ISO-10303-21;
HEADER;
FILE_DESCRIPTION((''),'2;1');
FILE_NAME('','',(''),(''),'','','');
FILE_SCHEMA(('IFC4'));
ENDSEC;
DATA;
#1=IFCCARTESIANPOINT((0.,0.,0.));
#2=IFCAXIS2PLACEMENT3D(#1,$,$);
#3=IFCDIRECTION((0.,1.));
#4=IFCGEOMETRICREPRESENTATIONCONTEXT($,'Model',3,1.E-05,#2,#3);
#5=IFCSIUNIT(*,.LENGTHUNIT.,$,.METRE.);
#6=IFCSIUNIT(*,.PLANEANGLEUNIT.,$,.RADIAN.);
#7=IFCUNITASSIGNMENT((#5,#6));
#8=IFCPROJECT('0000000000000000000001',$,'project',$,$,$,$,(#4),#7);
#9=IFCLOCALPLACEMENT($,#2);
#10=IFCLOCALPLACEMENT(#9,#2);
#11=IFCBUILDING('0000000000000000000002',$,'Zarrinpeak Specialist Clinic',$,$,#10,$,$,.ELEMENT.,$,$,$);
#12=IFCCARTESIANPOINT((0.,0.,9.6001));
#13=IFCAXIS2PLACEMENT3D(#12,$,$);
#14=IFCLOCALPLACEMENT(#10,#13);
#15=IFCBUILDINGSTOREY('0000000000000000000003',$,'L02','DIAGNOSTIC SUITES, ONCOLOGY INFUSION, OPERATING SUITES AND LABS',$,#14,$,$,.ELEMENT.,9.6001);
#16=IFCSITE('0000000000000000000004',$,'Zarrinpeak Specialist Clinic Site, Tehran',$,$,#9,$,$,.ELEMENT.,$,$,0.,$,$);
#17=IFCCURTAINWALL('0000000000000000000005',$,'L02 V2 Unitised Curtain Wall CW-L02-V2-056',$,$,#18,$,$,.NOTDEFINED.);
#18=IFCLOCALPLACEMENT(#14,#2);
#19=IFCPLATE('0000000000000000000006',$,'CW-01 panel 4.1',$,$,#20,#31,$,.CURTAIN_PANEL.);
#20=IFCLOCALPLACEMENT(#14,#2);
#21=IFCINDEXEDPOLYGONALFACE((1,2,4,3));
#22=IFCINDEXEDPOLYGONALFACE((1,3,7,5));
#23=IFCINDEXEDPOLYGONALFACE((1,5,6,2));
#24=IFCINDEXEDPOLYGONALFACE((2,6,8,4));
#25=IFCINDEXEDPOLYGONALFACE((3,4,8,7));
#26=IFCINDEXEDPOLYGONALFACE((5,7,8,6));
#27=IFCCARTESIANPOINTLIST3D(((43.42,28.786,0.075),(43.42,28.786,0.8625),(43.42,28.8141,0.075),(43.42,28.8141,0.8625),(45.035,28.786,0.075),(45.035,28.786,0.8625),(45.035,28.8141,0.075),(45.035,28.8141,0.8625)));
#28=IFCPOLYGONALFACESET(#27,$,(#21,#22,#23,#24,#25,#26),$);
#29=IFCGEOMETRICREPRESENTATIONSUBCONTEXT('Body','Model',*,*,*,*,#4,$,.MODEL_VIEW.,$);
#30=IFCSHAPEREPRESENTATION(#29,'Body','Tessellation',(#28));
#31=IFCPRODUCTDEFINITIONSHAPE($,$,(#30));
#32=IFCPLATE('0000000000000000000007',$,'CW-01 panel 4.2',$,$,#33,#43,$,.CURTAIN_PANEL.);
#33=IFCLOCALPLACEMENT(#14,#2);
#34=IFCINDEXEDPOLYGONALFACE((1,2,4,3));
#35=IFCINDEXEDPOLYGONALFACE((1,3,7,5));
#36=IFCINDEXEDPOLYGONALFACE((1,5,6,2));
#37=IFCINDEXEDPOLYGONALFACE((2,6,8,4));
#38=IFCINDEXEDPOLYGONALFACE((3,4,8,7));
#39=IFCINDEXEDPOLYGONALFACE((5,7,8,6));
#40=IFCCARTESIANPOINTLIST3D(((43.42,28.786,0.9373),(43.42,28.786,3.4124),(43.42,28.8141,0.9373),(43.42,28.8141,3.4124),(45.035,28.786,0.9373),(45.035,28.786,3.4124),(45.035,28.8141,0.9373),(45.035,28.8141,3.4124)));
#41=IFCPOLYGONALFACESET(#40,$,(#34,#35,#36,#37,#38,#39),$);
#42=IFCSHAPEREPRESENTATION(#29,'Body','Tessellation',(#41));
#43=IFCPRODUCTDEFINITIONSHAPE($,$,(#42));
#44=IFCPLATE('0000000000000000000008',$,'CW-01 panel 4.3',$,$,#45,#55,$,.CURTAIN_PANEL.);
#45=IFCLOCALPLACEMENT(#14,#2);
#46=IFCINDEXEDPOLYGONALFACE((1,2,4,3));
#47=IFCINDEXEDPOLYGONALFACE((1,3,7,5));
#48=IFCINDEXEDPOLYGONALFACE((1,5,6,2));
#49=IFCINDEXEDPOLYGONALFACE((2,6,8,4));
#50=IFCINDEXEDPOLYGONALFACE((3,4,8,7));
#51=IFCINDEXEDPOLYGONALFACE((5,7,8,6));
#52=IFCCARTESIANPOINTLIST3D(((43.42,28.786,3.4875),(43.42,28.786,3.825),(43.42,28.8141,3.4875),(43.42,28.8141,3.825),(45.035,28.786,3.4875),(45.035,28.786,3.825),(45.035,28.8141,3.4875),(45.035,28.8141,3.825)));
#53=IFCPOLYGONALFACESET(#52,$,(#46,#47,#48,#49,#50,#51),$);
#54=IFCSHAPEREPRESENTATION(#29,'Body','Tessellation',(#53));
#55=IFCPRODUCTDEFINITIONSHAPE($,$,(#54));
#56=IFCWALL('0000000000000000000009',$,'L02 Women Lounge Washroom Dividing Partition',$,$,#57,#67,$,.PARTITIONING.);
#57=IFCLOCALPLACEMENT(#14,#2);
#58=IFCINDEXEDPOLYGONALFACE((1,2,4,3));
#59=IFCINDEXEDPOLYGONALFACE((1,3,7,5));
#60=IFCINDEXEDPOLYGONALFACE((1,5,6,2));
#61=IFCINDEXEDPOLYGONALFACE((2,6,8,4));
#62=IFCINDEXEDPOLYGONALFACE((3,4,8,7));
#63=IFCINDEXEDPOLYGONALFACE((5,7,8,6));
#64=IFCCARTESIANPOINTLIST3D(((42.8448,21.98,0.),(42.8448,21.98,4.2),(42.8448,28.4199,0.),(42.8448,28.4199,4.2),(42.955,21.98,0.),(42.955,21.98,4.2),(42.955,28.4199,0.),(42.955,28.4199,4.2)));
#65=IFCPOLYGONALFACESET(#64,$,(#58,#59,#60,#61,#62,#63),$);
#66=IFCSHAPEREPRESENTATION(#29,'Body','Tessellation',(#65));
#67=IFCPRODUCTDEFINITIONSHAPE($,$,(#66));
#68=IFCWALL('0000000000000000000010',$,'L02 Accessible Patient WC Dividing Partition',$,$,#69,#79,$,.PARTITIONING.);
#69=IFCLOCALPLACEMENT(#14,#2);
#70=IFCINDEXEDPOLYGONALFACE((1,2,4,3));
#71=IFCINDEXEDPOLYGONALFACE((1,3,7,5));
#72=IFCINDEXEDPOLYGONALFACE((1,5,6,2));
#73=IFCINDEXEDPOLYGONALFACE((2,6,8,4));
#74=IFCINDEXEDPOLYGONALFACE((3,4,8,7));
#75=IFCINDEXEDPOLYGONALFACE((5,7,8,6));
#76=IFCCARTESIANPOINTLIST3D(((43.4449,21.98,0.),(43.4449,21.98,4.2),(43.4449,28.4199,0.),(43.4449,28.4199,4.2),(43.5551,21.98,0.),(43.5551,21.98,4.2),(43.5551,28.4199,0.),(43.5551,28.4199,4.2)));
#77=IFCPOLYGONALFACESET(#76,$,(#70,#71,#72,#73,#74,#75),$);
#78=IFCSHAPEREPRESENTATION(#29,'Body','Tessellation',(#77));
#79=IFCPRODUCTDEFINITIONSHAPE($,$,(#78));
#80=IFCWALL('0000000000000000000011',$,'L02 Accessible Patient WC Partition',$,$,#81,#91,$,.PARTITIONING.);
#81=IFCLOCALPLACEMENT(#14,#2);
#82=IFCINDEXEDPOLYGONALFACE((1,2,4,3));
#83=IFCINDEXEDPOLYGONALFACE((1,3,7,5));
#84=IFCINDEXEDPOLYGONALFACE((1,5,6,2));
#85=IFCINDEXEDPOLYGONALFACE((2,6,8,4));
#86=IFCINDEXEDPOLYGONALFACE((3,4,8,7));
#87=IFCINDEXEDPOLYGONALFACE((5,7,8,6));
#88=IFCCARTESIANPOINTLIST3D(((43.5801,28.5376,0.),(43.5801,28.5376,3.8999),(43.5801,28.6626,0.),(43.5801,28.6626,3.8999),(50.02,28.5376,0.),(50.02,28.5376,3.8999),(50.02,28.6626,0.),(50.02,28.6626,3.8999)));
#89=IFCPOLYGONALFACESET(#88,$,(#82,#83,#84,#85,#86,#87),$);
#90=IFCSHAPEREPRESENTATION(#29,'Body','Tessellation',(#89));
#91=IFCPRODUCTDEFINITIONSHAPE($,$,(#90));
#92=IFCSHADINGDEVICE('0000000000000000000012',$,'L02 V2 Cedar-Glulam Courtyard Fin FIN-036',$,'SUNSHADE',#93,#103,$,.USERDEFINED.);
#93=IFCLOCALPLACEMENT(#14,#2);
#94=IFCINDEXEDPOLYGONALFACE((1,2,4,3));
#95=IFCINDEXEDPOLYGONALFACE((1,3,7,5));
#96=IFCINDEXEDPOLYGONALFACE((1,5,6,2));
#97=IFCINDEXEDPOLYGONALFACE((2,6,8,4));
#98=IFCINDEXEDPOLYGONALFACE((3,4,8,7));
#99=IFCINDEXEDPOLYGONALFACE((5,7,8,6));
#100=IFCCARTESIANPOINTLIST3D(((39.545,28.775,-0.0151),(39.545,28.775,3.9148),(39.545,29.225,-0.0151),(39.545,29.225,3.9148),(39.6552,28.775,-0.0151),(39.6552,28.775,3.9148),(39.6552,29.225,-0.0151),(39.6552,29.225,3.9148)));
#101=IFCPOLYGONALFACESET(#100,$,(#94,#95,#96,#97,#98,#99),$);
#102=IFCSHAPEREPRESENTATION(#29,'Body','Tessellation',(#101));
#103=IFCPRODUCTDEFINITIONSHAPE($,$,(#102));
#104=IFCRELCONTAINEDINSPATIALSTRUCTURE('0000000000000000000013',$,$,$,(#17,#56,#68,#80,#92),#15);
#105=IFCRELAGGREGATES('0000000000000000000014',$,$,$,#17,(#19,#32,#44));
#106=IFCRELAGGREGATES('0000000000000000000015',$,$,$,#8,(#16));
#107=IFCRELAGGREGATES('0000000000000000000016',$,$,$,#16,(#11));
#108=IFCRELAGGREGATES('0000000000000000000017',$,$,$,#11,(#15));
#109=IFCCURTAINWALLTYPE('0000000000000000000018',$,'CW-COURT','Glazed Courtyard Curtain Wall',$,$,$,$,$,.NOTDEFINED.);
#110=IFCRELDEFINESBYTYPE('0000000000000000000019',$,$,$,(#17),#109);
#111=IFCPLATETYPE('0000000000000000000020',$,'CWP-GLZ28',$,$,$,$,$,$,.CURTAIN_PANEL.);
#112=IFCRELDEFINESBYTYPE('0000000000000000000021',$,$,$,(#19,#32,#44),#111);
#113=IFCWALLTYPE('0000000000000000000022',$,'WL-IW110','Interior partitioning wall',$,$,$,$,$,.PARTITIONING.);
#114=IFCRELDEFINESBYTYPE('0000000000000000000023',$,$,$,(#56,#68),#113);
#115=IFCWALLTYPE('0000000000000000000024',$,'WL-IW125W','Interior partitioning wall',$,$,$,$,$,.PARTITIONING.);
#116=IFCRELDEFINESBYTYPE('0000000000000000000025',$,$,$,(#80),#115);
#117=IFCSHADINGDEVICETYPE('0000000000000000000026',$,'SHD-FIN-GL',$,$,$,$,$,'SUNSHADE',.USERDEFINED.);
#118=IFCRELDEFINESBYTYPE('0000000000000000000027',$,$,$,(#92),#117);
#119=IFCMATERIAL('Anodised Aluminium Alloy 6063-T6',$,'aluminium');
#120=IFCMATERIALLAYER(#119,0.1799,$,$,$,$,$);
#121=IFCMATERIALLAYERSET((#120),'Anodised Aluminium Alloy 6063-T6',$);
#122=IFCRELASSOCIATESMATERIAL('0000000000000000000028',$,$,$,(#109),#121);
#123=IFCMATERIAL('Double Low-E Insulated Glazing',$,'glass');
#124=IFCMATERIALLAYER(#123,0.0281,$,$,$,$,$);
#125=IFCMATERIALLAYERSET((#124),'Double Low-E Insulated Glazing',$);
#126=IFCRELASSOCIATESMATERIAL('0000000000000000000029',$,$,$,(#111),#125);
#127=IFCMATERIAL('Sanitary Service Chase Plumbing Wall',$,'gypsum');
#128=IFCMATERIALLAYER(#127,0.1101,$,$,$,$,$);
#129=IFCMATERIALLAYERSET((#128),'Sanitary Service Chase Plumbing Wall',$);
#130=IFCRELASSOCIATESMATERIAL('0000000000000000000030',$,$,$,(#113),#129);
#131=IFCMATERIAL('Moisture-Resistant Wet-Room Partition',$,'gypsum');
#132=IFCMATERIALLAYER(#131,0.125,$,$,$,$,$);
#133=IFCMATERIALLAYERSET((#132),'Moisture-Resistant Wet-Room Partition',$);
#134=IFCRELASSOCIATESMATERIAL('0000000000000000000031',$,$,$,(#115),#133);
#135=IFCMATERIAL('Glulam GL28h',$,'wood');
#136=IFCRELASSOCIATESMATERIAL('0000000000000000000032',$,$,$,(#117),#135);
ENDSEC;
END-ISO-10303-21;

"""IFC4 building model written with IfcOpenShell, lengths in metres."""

from ifc_helpers import new_model, si_unit, direction, frame, frame_2d, origin, origin_2d, place, context, subcontext, project, spatial, rectangle, extrude, material, layer, layer_set, type_object, element, aggregate, save


model = new_model("IFC4")

# Units and contexts
model_context = context("Model", 3, precision=1e-05, world=origin(), true_north=direction((0.0, 1.0)))
body_context = subcontext(model_context, "Body", "Model", "MODEL_VIEW")
ifc_project = project(units=[si_unit("LENGTHUNIT", "METRE"), si_unit("PLANEANGLEUNIT", "RADIAN")], contexts=[model_context])

# Site, building, storey
site_placement = place(None, origin())
site = spatial("IfcSite", under=ifc_project, at=site_placement, Name="Zarrinpeak Specialist Clinic Site, Tehran", CompositionType="ELEMENT", RefElevation=0.0)
building_placement = place(site_placement, origin())
building = spatial("IfcBuilding", under=site, at=building_placement, Name="Zarrinpeak Specialist Clinic", CompositionType="ELEMENT")
storey_placement = place(building_placement, frame((0.0, 0.0, 9.6001)))
storey = spatial("IfcBuildingStorey", under=building, at=storey_placement, Name="L02", Description="DIAGNOSTIC SUITES, ONCOLOGY INFUSION, OPERATING SUITES AND LABS", CompositionType="ELEMENT", Elevation=9.6001)

# Curtain wall
ifc_material_1 = material(Name="Anodised Aluminium Alloy 6063-T6", Category="aluminium")
ifc_layer_1 = layer(ifc_material_1, 0.1799)
ifc_layer_set_1 = layer_set([ifc_layer_1], Name="Anodised Aluminium Alloy 6063-T6")
curtain_wall_type = type_object("IfcCurtainWallType", Name="CW-COURT", Description="Glazed Courtyard Curtain Wall", PredefinedType="NOTDEFINED", material=ifc_layer_set_1)
curtain_wall_1_placement = place(storey_placement, origin())
curtain_wall_1 = element("IfcCurtainWall", 1, at=curtain_wall_1_placement, inside=storey, type_object=curtain_wall_type, Name="L02 V2 Unitised Curtain Wall CW-L02-V2-056", PredefinedType="NOTDEFINED")

# Plates
ifc_material_2 = material(Name="Double Low-E Insulated Glazing", Category="glass")
ifc_layer_2 = layer(ifc_material_2, 0.0281)
ifc_layer_set_2 = layer_set([ifc_layer_2], Name="Double Low-E Insulated Glazing")
plate_type = type_object("IfcPlateType", Name="CWP-GLZ28", PredefinedType="CURTAIN_PANEL", material=ifc_layer_set_2)
plate_1_placement = place(storey_placement, frame((44.2275, 28.8, 0.075), z_axis=(0.0, 0.0, 1.0), x_axis=(-1.0, 0.0, 0.0)))
plate_1 = element("IfcPlate", 2, at=plate_1_placement, type_object=plate_type, Name="CW-01 panel 4.1", PredefinedType="CURTAIN_PANEL", context=body_context, shape_type="SweptSolid", body=[
    extrude(rectangle(XDim=1.615, YDim=0.0281, at=origin_2d()), origin(), (0.0, 0.0, 1.0), 0.7876),
])
plate_2_placement = place(storey_placement, frame((44.2275, 28.8, 0.9373), z_axis=(0.0, 0.0, 1.0), x_axis=(-1.0, 0.0, 0.0)))
plate_2 = element("IfcPlate", 3, at=plate_2_placement, type_object=plate_type, Name="CW-01 panel 4.2", PredefinedType="CURTAIN_PANEL", context=body_context, shape_type="SweptSolid", body=[
    extrude(rectangle(XDim=1.615, YDim=0.0281, at=origin_2d()), origin(), (0.0, 0.0, 1.0), 2.4751),
])
plate_3_placement = place(storey_placement, frame((44.2275, 28.8, 3.4875), z_axis=(0.0, 0.0, 1.0), x_axis=(-1.0, 0.0, 0.0)))
plate_3 = element("IfcPlate", 4, at=plate_3_placement, type_object=plate_type, Name="CW-01 panel 4.3", PredefinedType="CURTAIN_PANEL", context=body_context, shape_type="SweptSolid", body=[
    extrude(rectangle(XDim=1.615, YDim=0.0281, at=origin_2d()), origin(), (0.0, 0.0, 1.0), 0.3374),
])
aggregate(curtain_wall_1, [plate_1, plate_2, plate_3])

# Walls
ifc_material_3 = material(Name="Sanitary Service Chase Plumbing Wall", Category="gypsum")
ifc_layer_3 = layer(ifc_material_3, 0.1101)
ifc_layer_set_3 = layer_set([ifc_layer_3], Name="Sanitary Service Chase Plumbing Wall")
wall_type_1 = type_object("IfcWallType", Name="WL-IW110", Description="Interior partitioning wall", PredefinedType="PARTITIONING", material=ifc_layer_set_3)
for number, where, z_axis, x_axis, name in (
    (5, (42.8999, 21.98, 0.0), (0.0, 0.0, 1.0), (0.0, 1.0, 0.0), "L02 Women Lounge Washroom Dividing Partition"),
    (6, (43.5, 21.98, 0.0), (0.0, 0.0, 1.0), (0.0, 1.0, 0.0), "L02 Accessible Patient WC Dividing Partition"),
):
    element("IfcWall", number, at=place(storey_placement, frame(where, z_axis=z_axis, x_axis=x_axis)), inside=storey, type_object=wall_type_1, Name=name, PredefinedType="PARTITIONING", context=body_context, shape_type="SweptSolid", body=[
        extrude(rectangle(XDim=6.4399, YDim=0.1101, at=frame_2d((3.22, 0.0))), origin(), (0.0, 0.0, 1.0), 4.2),
    ])
ifc_material_4 = material(Name="Moisture-Resistant Wet-Room Partition", Category="gypsum")
ifc_layer_4 = layer(ifc_material_4, 0.125)
ifc_layer_set_4 = layer_set([ifc_layer_4], Name="Moisture-Resistant Wet-Room Partition")
wall_type_2 = type_object("IfcWallType", Name="WL-IW125W", Description="Interior partitioning wall", PredefinedType="PARTITIONING", material=ifc_layer_set_4)
wall_placement = place(storey_placement, frame((43.5801, 28.6001, 0.0), z_axis=(0.0, 0.0, 1.0), x_axis=(1.0, 0.0, 0.0)))
element("IfcWall", 7, at=wall_placement, inside=storey, type_object=wall_type_2, Name="L02 Accessible Patient WC Partition", PredefinedType="PARTITIONING", context=body_context, shape_type="SweptSolid", body=[
    extrude(rectangle(XDim=6.4399, YDim=0.125, at=frame_2d((3.22, 0.0))), origin(), (0.0, 0.0, 1.0), 3.8999),
])

# Shading device
ifc_material_5 = material(Name="Glulam GL28h", Category="wood")
shading_device_type = type_object("IfcShadingDeviceType", Name="SHD-FIN-GL", ElementType="SUNSHADE", PredefinedType="USERDEFINED", material=ifc_material_5)
shading_device_placement = place(storey_placement, frame((39.6001, 29.0, -0.0151), z_axis=(0.0, 0.0, 1.0), x_axis=(1.0, 0.0, 0.0)))
element("IfcShadingDevice", 8, at=shading_device_placement, inside=storey, type_object=shading_device_type, Name="L02 V2 Cedar-Glulam Courtyard Fin FIN-036", ObjectType="SUNSHADE", PredefinedType="USERDEFINED", context=body_context, shape_type="SweptSolid", body=[
    extrude(rectangle(XDim=0.1101, YDim=0.45, at=origin_2d()), origin(), (0.0, 0.0, 1.0), 3.9299),
])

save(model, "model.ifc")
